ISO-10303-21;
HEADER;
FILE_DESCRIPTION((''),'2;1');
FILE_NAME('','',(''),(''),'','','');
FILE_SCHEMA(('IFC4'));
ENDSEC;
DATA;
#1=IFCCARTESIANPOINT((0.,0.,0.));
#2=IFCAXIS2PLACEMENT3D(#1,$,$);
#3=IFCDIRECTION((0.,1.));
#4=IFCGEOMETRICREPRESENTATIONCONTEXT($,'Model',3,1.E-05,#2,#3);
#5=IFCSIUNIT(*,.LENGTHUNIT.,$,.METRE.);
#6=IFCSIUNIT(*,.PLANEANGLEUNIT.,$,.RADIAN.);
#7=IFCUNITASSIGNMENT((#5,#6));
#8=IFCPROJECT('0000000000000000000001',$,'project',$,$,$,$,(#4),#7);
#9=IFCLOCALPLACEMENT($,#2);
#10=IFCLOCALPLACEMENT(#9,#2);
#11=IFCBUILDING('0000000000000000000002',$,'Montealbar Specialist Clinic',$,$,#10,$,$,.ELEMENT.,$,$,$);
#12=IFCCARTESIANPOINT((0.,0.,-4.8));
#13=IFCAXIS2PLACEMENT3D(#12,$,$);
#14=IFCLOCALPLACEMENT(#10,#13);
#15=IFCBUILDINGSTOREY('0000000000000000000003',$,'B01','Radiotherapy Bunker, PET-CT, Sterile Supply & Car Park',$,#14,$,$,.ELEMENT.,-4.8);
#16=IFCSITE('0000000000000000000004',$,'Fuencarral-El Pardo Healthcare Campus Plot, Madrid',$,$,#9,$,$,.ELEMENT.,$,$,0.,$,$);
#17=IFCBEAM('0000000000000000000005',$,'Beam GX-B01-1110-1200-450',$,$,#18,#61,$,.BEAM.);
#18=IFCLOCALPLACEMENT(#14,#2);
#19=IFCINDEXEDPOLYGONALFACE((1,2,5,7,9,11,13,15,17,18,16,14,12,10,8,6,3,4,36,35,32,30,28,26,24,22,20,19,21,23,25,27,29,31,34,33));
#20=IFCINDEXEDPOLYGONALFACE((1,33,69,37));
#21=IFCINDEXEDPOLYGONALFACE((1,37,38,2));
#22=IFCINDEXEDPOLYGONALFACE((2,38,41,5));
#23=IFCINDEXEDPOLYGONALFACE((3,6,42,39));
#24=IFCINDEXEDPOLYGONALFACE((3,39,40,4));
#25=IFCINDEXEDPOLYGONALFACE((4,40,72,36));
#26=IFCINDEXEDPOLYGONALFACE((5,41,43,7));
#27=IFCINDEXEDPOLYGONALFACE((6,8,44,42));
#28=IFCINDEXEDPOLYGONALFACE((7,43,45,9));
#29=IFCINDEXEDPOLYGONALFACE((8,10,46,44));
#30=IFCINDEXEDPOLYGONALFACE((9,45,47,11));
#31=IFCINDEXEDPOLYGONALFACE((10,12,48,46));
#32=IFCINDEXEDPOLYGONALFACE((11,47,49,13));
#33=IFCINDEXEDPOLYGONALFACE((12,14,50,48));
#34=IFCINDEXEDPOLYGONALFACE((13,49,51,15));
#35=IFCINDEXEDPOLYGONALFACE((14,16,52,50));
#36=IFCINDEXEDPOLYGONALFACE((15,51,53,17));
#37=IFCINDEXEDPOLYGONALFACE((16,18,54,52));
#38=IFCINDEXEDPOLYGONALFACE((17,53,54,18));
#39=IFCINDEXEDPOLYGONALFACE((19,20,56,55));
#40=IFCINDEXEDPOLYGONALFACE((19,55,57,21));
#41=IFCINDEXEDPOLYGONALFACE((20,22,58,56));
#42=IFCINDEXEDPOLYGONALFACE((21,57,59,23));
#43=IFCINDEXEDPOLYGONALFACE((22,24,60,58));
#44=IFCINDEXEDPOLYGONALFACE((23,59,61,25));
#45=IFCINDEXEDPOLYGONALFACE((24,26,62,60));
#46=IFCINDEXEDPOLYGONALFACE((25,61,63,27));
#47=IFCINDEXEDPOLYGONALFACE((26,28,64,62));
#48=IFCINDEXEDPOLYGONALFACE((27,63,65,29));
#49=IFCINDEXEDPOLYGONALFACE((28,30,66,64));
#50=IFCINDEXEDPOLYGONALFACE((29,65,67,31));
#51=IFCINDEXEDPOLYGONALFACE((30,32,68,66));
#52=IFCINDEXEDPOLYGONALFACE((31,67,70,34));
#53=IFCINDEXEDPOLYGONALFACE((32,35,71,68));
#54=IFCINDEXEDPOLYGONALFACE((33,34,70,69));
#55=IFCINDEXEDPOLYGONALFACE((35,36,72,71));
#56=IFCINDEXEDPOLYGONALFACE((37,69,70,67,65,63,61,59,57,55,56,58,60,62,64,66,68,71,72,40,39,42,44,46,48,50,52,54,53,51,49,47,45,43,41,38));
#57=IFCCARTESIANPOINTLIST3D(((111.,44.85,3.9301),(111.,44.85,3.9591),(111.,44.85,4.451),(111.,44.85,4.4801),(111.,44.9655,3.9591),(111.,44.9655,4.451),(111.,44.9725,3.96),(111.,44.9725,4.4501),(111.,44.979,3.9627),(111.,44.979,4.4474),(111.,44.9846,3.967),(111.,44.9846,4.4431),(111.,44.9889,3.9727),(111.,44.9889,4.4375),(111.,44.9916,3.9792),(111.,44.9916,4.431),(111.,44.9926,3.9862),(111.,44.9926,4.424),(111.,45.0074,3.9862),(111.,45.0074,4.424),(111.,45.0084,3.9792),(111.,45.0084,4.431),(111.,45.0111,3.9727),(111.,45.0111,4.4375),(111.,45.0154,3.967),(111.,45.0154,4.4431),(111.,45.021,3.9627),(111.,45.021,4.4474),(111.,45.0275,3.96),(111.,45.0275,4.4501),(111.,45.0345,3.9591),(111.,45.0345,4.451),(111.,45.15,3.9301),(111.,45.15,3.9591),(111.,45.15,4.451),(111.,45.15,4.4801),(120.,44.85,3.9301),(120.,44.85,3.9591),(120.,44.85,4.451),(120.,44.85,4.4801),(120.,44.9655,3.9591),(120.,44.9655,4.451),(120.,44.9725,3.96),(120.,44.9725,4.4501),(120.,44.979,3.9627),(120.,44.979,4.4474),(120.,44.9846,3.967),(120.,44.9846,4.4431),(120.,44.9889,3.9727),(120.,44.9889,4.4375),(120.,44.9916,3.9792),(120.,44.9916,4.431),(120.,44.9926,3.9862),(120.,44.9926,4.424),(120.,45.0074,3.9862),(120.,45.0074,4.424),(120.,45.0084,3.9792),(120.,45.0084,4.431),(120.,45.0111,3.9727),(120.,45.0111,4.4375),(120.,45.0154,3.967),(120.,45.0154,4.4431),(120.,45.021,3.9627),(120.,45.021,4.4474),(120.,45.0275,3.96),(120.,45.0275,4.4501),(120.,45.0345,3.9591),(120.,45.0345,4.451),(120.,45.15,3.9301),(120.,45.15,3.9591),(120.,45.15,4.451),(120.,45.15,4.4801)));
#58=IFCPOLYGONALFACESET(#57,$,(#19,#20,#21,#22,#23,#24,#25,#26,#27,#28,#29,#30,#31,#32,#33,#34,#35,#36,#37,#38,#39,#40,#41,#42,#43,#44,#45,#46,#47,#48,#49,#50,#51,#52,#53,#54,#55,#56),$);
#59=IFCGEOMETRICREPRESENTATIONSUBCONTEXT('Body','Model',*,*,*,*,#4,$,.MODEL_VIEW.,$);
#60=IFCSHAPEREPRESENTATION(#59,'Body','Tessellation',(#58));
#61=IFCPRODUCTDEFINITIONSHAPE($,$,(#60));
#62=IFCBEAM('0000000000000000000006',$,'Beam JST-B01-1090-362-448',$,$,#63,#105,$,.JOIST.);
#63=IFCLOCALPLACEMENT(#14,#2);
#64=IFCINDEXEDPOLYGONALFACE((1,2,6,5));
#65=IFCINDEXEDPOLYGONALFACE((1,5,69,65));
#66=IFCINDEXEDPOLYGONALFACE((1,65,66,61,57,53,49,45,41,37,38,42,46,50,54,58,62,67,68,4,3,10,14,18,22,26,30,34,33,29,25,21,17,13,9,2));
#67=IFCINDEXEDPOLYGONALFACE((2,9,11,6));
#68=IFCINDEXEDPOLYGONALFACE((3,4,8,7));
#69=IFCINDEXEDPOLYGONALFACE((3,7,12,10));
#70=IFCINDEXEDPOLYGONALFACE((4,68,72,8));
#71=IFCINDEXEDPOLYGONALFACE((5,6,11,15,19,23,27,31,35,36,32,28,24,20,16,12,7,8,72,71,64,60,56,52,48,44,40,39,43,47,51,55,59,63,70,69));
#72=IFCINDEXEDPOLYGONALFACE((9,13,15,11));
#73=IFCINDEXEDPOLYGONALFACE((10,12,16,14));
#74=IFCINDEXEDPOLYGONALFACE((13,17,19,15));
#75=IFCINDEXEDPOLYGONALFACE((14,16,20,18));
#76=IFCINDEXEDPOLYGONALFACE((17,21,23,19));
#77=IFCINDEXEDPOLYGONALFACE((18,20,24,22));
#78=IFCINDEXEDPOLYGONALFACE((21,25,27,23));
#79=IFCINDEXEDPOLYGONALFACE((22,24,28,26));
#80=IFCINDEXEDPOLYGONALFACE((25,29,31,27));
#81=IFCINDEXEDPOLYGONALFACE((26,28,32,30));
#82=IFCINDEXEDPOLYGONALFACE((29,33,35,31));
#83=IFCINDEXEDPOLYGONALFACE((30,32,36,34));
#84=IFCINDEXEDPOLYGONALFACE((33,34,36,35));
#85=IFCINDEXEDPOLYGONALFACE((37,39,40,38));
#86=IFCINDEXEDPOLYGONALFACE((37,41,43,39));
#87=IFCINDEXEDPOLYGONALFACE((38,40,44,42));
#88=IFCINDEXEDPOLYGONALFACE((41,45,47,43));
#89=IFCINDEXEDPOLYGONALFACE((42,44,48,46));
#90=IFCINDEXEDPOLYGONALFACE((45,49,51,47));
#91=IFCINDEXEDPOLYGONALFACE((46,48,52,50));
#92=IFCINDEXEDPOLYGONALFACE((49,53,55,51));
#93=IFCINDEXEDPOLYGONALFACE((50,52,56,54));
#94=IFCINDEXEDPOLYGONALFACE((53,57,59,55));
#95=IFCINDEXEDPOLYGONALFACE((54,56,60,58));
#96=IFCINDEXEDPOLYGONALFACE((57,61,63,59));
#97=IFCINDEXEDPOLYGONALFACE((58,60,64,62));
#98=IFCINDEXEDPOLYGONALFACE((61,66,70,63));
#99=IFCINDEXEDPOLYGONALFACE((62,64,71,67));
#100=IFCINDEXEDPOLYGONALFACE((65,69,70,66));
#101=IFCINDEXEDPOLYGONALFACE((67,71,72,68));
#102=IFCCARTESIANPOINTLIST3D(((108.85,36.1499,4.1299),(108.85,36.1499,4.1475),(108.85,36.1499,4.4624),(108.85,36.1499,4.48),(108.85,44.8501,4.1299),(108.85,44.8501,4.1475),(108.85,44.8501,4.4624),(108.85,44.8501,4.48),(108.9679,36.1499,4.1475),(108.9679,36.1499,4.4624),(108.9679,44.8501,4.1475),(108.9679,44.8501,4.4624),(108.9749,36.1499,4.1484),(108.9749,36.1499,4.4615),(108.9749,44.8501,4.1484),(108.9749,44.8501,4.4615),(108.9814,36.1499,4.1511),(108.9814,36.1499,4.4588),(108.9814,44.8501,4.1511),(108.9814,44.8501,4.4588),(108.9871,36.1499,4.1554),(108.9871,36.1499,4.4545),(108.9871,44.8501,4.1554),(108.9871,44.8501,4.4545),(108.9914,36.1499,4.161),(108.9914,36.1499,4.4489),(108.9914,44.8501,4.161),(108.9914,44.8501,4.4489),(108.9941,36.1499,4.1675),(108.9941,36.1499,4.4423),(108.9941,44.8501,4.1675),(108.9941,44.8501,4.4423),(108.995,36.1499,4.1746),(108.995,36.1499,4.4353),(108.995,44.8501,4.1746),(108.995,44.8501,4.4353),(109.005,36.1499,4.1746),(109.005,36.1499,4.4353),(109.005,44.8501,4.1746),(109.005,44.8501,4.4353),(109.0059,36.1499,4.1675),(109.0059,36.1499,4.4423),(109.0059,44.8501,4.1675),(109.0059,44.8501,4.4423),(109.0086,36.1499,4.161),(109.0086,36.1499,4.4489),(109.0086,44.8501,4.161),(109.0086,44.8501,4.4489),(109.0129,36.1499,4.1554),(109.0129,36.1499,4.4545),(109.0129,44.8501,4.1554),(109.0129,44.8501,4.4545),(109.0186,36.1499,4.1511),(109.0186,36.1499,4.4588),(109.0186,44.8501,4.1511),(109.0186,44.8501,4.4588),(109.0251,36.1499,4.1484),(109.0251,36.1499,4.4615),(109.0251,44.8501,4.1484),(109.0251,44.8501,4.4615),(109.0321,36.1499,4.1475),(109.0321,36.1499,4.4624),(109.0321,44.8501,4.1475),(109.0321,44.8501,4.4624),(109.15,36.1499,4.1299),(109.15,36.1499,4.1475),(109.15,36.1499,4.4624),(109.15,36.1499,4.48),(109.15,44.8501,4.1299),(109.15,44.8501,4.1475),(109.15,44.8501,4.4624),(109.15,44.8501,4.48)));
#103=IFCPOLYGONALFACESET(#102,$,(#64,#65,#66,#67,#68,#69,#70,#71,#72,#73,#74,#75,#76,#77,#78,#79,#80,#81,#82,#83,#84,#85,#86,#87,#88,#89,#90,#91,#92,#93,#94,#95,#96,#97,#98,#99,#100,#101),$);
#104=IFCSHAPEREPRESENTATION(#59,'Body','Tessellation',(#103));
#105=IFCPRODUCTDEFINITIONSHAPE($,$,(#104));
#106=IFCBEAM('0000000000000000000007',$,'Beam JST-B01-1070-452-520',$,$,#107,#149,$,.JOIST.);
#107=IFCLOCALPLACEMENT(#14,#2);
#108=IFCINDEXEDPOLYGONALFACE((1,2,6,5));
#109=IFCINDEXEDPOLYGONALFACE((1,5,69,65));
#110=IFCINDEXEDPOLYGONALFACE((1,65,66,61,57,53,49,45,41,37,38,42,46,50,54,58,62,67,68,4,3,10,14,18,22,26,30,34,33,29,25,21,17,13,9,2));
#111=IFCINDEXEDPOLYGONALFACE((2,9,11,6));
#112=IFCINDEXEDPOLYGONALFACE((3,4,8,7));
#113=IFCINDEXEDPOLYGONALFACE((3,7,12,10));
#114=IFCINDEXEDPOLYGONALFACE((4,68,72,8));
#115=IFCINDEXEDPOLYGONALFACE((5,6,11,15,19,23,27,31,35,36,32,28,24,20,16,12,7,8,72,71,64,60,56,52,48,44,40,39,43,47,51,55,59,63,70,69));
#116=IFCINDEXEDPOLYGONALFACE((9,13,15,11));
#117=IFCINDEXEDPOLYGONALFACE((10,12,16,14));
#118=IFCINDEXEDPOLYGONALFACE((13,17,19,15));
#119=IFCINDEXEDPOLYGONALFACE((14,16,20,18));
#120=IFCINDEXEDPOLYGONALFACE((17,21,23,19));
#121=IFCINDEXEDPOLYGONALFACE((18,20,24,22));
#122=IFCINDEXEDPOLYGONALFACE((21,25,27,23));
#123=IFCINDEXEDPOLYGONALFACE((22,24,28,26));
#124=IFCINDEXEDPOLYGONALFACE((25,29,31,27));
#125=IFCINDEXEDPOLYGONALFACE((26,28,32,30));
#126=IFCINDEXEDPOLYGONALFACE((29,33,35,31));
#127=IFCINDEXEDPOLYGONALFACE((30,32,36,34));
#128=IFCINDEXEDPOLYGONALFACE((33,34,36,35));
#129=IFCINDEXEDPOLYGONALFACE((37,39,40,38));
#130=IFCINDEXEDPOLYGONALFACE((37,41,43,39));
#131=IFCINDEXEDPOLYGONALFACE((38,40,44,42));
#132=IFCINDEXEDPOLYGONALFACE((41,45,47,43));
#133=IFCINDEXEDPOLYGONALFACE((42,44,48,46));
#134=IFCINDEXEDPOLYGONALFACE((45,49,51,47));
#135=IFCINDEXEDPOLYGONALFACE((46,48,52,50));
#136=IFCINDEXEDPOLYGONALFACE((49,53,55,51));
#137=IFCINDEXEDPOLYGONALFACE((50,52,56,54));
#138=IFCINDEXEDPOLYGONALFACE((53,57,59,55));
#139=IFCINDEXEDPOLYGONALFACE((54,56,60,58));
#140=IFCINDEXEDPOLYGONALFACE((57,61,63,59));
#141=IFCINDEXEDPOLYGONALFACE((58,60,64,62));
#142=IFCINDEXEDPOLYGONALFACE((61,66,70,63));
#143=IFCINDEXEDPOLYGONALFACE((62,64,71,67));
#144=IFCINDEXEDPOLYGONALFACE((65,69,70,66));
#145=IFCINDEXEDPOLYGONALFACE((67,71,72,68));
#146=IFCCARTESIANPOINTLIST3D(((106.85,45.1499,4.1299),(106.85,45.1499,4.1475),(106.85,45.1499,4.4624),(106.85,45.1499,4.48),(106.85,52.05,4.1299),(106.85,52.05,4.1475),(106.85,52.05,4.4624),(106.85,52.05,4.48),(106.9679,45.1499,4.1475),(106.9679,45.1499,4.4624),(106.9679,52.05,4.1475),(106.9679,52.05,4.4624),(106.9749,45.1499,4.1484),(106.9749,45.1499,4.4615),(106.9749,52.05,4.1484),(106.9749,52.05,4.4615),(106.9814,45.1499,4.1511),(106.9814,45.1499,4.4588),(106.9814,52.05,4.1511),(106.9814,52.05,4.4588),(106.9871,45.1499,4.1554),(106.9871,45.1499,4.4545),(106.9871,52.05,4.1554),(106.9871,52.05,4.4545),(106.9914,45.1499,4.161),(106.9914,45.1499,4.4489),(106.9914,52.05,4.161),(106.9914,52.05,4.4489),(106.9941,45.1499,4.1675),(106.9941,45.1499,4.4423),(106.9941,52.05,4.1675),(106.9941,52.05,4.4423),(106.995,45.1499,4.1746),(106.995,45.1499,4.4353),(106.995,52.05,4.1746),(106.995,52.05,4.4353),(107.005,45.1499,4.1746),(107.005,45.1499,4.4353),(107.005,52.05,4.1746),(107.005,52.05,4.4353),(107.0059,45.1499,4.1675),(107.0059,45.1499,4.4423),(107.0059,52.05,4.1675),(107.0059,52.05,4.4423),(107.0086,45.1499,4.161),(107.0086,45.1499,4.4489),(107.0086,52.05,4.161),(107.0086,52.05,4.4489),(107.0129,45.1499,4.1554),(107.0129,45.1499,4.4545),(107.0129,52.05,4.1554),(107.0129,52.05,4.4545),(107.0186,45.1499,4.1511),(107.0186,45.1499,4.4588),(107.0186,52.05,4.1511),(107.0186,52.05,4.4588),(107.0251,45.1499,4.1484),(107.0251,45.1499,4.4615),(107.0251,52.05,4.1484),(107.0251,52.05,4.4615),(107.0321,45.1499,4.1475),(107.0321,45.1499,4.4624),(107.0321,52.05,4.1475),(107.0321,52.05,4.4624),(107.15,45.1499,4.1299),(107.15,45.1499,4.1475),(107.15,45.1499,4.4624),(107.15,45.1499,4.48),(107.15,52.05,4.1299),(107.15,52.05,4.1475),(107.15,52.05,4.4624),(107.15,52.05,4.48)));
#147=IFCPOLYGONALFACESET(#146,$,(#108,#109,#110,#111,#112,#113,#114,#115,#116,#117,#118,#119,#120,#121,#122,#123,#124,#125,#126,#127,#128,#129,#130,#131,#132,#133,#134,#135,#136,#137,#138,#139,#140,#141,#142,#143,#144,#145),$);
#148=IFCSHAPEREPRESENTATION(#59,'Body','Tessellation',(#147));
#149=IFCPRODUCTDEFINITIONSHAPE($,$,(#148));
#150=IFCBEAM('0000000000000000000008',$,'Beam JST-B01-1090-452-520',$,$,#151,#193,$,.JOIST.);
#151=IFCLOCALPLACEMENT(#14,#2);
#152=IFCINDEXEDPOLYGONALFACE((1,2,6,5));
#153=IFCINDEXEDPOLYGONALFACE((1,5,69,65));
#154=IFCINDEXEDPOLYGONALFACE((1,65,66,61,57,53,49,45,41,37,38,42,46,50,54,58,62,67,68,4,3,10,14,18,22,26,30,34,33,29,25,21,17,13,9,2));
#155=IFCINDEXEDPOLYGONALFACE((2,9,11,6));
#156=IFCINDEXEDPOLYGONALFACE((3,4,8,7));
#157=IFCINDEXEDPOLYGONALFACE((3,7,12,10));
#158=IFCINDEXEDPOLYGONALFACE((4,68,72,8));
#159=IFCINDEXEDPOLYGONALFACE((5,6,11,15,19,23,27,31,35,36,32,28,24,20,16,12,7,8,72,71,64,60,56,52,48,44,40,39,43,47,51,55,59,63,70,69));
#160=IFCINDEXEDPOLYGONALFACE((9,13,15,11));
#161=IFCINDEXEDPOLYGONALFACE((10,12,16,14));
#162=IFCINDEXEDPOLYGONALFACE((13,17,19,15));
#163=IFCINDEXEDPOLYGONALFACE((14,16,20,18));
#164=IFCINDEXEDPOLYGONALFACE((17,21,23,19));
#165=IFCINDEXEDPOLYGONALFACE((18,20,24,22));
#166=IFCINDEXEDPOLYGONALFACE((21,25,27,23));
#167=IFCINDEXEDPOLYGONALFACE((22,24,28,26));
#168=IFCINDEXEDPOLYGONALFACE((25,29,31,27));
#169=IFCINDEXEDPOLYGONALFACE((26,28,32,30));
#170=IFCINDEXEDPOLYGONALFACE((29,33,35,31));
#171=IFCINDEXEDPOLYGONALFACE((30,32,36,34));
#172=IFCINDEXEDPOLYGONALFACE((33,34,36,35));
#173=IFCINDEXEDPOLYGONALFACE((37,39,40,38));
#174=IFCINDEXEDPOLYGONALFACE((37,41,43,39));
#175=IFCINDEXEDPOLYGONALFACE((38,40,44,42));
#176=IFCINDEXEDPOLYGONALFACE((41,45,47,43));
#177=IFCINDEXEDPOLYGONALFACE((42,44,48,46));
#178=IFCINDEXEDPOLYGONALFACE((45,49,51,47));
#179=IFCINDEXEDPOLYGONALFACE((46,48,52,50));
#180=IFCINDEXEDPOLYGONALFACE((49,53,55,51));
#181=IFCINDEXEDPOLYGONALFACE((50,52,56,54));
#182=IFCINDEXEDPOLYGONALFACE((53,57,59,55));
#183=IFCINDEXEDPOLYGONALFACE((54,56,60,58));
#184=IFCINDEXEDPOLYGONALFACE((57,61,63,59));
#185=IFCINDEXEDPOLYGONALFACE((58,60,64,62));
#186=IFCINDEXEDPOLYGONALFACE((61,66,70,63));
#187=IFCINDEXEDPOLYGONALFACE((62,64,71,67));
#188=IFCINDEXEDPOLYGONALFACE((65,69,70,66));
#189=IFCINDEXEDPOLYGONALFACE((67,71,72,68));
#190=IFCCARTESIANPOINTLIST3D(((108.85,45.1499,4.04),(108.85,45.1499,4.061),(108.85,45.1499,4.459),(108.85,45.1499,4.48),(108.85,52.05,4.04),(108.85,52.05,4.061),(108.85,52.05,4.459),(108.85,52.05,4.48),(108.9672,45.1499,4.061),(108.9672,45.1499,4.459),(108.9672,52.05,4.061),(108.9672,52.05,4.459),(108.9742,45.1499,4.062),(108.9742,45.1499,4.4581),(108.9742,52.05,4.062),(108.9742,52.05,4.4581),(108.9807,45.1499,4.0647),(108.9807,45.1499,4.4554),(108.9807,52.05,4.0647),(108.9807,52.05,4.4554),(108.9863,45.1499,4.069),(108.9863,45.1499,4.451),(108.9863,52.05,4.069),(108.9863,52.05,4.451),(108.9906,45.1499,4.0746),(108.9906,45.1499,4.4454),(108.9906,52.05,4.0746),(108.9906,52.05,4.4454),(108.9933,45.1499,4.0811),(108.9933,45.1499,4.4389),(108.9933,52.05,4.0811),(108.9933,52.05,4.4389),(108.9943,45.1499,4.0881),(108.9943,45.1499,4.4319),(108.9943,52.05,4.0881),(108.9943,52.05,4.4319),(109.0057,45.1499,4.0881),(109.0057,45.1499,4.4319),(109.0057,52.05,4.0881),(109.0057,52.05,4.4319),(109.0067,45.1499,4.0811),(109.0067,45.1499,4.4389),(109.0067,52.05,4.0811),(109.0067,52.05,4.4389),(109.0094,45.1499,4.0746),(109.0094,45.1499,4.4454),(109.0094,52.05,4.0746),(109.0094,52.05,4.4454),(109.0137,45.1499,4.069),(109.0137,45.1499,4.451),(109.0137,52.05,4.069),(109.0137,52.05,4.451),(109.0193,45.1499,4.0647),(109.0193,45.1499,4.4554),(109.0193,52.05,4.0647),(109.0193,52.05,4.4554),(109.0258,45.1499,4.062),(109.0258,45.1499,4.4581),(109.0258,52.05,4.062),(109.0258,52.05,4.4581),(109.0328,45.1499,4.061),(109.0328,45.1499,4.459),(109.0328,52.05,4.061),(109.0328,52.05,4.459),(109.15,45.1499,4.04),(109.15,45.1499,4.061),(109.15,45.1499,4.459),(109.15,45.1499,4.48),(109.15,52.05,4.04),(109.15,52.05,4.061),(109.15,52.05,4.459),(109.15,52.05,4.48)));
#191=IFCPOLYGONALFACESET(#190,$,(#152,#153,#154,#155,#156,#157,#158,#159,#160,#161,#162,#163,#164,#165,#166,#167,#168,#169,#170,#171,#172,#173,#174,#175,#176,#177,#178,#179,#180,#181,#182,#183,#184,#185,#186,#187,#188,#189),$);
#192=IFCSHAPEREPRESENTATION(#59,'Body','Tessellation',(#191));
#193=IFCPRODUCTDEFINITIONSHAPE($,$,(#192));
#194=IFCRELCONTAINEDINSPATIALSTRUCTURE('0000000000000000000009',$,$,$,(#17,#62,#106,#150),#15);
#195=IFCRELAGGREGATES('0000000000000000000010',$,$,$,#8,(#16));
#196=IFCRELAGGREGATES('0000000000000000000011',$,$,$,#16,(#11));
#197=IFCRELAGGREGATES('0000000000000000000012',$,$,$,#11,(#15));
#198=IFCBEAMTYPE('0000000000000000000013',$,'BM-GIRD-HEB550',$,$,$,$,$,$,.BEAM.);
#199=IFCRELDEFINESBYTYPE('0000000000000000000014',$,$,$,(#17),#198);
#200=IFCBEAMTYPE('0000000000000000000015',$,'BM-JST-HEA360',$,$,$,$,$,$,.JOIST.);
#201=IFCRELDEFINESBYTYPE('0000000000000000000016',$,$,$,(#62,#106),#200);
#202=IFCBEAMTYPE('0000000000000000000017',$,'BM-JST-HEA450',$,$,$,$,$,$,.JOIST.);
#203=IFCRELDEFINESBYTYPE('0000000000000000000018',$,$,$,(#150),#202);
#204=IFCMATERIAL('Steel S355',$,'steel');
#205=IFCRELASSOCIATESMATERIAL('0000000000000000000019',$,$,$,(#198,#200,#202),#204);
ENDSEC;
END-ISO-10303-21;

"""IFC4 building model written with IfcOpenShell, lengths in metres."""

from ifc_helpers import new_model, si_unit, direction, frame, origin, origin_2d, place, context, subcontext, project, spatial, i_section, extrude, material, material_profile, profile_set, type_object, element, save


model = new_model("IFC4")

# Units and contexts
model_context = context("Model", 3, precision=1e-05, world=origin(), true_north=direction((0.0, 1.0)))
body_context = subcontext(model_context, "Body", "Model", "MODEL_VIEW")
ifc_project = project(units=[si_unit("LENGTHUNIT", "METRE"), si_unit("PLANEANGLEUNIT", "RADIAN")], contexts=[model_context])

# Site, building, storey
site_placement = place(None, origin())
site = spatial("IfcSite", under=ifc_project, at=site_placement, Name="Fuencarral-El Pardo Healthcare Campus Plot, Madrid", CompositionType="ELEMENT", RefElevation=0.0)
building_placement = place(site_placement, origin())
building = spatial("IfcBuilding", under=site, at=building_placement, Name="Montealbar Specialist Clinic", CompositionType="ELEMENT")
storey_placement = place(building_placement, frame((0.0, 0.0, -4.8)))
storey = spatial("IfcBuildingStorey", under=building, at=storey_placement, Name="B01", Description="Radiotherapy Bunker, PET-CT, Sterile Supply & Car Park", CompositionType="ELEMENT", Elevation=-4.8)

# Shared definitions
ifc_material_1 = material(Name="Steel S355", Category="steel")

# Beams
ifc_material_profile_1 = material_profile(ifc_material_1, i_section(OverallWidth=0.3, OverallDepth=0.55, WebThickness=0.0149, FlangeThickness=0.0291, FilletRadius=0.0271, at=origin_2d()), Name="HEB 550", Category="steel")
ifc_profile_set_1 = profile_set([ifc_material_profile_1], Name="Steel S355")
beam_type_1 = type_object("IfcBeamType", Name="BM-GIRD-HEB550", PredefinedType="BEAM", material=ifc_profile_set_1)
for number, where, z_axis, x_axis, name in (
    (1, (111.0, 45.0, 4.2051), (1.0, 0.0, 0.0), (0.0, 1.0, 0.0), "Beam GX-B01-1110-1200-450"),
):
    element("IfcBeam", number, at=place(storey_placement, frame(where, z_axis=z_axis, x_axis=x_axis)), inside=storey, type_object=beam_type_1, Name=name, PredefinedType="BEAM", context=body_context, shape_type="SweptSolid", body=[
        extrude(i_section(OverallWidth=0.3, OverallDepth=0.55, WebThickness=0.0149, FlangeThickness=0.0291, FilletRadius=0.0271, at=origin_2d()), origin(), (0.0, 0.0, 1.0), 9.0),
    ])
ifc_material_profile_2 = material_profile(ifc_material_1, i_section(OverallWidth=0.3, OverallDepth=0.3501, WebThickness=0.01, FlangeThickness=0.0176, FilletRadius=0.0271, at=origin_2d()), Name="HEA 360", Category="steel")
ifc_profile_set_2 = profile_set([ifc_material_profile_2], Name="Steel S355")
beam_type_2 = type_object("IfcBeamType", Name="BM-JST-HEA360", PredefinedType="JOIST", material=ifc_profile_set_2)
beam_1_placement = place(storey_placement, frame((109.0, 36.1499, 4.3049), z_axis=(0.0, 1.0, 0.0), x_axis=(-1.0, 0.0, 0.0)))
element("IfcBeam", 2, at=beam_1_placement, inside=storey, type_object=beam_type_2, Name="Beam JST-B01-1090-362-448", PredefinedType="JOIST", context=body_context, shape_type="SweptSolid", body=[
    extrude(i_section(OverallWidth=0.3, OverallDepth=0.3501, WebThickness=0.01, FlangeThickness=0.0176, FilletRadius=0.0271, at=origin_2d()), origin(), (0.0, 0.0, 1.0), 8.7002),
])
beam_2_placement = place(storey_placement, frame((107.0, 45.1499, 4.3049), z_axis=(0.0, 1.0, 0.0), x_axis=(-1.0, 0.0, 0.0)))
element("IfcBeam", 3, at=beam_2_placement, inside=storey, type_object=beam_type_2, Name="Beam JST-B01-1070-452-520", PredefinedType="JOIST", context=body_context, shape_type="SweptSolid", body=[
    extrude(i_section(OverallWidth=0.3, OverallDepth=0.3501, WebThickness=0.01, FlangeThickness=0.0176, FilletRadius=0.0271, at=origin_2d()), origin(), (0.0, 0.0, 1.0), 6.9001),
])
ifc_material_profile_3 = material_profile(ifc_material_1, i_section(OverallWidth=0.3, OverallDepth=0.4399, WebThickness=0.0115, FlangeThickness=0.021, FilletRadius=0.0271, at=origin_2d()), Name="HEA 450", Category="steel")
ifc_profile_set_3 = profile_set([ifc_material_profile_3], Name="Steel S355")
beam_type_3 = type_object("IfcBeamType", Name="BM-JST-HEA450", PredefinedType="JOIST", material=ifc_profile_set_3)
beam_3_placement = place(storey_placement, frame((109.0, 45.1499, 4.26), z_axis=(0.0, 1.0, 0.0), x_axis=(-1.0, 0.0, 0.0)))
element("IfcBeam", 4, at=beam_3_placement, inside=storey, type_object=beam_type_3, Name="Beam JST-B01-1090-452-520", PredefinedType="JOIST", context=body_context, shape_type="SweptSolid", body=[
    extrude(i_section(OverallWidth=0.3, OverallDepth=0.4399, WebThickness=0.0115, FlangeThickness=0.021, FilletRadius=0.0271, at=origin_2d()), origin(), (0.0, 0.0, 1.0), 6.9001),
])

save(model, "model.ifc")
